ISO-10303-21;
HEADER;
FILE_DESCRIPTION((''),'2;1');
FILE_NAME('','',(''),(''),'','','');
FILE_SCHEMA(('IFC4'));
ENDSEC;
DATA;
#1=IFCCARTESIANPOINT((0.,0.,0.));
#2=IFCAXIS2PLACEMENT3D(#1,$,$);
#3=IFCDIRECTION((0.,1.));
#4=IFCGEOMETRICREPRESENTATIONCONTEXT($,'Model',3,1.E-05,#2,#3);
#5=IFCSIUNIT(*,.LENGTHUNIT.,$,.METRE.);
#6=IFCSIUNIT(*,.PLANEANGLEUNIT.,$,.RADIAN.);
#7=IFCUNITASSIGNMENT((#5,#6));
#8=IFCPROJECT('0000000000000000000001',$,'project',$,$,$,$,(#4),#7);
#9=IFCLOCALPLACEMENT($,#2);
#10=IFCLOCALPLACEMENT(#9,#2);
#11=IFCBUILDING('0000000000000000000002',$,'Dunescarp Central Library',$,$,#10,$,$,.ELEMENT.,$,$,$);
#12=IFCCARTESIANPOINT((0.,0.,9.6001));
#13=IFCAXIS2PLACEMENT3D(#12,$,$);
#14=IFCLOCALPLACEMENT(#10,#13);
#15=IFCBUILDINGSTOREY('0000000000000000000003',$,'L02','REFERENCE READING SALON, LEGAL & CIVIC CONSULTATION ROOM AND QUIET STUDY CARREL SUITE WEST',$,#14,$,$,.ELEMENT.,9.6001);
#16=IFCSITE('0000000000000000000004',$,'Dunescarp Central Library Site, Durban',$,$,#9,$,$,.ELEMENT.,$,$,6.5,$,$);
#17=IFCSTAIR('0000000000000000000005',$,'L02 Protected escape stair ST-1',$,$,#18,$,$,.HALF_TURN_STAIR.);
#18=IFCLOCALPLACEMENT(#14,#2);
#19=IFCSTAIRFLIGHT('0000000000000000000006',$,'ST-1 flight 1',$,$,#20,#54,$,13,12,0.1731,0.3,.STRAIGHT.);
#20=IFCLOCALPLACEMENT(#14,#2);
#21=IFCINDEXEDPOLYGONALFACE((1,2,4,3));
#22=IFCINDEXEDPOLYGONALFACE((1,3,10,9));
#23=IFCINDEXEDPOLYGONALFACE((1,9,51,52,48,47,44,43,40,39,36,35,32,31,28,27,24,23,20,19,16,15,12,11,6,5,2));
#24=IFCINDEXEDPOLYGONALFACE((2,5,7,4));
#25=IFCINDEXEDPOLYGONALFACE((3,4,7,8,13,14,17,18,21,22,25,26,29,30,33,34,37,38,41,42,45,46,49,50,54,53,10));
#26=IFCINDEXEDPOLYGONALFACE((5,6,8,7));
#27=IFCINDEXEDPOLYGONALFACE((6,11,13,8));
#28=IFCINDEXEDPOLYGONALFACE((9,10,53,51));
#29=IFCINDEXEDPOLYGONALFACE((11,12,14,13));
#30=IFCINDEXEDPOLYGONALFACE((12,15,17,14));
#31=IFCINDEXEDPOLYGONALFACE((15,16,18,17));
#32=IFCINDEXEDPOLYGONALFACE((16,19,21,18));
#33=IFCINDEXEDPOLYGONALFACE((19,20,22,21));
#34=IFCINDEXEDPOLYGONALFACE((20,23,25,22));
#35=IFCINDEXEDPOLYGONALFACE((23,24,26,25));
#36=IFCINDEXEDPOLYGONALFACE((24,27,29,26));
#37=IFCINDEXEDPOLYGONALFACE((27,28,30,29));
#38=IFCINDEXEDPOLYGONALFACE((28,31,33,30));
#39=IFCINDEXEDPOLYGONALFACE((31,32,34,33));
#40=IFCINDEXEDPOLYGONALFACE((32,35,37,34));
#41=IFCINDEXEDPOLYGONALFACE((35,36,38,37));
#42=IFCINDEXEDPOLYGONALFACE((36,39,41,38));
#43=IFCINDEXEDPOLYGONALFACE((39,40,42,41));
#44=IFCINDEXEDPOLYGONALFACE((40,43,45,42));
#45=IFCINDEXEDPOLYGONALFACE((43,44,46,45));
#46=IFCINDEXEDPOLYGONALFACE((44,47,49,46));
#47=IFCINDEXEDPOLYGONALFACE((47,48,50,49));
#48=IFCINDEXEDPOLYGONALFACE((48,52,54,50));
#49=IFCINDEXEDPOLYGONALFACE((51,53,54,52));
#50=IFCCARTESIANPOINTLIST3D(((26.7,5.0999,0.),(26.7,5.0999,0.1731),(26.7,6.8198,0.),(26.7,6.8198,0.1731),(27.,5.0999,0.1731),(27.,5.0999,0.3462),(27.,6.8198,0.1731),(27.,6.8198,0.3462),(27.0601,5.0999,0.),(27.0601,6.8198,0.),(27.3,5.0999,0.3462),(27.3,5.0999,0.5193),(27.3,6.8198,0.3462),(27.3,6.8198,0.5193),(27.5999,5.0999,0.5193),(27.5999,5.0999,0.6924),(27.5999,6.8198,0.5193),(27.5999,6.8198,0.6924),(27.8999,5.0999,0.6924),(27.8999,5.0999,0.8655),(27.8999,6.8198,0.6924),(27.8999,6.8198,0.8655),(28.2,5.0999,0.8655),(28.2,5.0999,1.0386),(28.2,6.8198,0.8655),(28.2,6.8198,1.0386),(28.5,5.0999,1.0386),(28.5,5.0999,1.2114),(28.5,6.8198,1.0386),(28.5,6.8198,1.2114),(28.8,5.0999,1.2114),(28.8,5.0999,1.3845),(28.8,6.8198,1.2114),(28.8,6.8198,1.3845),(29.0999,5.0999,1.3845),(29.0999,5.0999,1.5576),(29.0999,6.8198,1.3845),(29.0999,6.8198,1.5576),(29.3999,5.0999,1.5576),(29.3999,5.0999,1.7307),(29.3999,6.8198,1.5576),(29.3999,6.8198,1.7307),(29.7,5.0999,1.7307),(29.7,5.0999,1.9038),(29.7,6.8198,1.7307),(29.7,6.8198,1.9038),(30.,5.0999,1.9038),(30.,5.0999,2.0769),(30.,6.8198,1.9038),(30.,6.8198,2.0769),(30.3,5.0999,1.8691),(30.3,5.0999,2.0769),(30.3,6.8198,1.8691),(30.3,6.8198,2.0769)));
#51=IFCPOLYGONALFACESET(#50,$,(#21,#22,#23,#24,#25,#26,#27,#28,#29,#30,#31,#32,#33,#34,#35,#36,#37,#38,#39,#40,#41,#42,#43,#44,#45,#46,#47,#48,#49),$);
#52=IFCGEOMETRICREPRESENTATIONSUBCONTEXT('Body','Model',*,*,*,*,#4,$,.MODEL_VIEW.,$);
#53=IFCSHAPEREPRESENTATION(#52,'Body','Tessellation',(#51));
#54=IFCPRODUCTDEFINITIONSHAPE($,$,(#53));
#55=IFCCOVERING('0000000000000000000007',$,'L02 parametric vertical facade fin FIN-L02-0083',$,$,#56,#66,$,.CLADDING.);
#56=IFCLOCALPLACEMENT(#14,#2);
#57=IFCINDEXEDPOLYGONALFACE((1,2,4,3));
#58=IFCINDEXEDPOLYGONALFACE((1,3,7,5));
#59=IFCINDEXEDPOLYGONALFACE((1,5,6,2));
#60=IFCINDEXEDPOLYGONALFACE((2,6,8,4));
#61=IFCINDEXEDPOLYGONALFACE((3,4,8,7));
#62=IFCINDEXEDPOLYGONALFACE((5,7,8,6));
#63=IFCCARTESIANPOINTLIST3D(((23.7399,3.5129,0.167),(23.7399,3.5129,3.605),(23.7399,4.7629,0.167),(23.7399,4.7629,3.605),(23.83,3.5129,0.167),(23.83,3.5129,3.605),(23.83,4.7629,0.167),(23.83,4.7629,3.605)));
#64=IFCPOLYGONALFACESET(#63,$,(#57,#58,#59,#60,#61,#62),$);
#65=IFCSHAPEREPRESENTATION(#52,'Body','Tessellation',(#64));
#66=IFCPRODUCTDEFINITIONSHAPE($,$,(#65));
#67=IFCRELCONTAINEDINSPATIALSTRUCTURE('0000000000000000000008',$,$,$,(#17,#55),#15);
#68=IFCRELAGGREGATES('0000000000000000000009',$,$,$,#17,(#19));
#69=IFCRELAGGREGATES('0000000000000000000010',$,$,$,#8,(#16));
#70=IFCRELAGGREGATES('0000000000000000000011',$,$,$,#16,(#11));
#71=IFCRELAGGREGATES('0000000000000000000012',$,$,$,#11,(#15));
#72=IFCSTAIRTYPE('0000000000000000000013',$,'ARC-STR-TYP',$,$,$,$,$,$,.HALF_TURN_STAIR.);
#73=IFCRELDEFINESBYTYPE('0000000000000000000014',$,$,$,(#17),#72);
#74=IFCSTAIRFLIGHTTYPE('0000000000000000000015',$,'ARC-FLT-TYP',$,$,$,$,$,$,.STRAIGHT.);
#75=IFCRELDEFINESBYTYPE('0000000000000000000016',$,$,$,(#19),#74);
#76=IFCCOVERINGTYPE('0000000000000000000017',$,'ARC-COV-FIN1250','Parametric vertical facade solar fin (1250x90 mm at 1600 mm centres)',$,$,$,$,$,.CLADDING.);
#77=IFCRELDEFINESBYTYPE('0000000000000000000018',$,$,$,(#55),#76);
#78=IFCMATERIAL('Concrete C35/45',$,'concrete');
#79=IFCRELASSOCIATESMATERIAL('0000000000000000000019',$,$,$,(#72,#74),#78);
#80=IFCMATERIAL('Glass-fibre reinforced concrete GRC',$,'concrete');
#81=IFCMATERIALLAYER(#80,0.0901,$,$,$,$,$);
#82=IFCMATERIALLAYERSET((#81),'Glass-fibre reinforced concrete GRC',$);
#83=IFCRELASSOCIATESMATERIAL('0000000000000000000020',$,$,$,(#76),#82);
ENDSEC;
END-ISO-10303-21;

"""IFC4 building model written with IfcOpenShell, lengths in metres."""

from ifc_helpers import new_model, si_unit, direction, frame, origin, origin_2d, place, context, subcontext, project, spatial, polyline, rectangle, outline, extrude, material, layer, layer_set, type_object, element, aggregate, save


model = new_model("IFC4")

# Units and contexts
model_context = context("Model", 3, precision=1e-05, world=origin(), true_north=direction((0.0, 1.0)))
body_context = subcontext(model_context, "Body", "Model", "MODEL_VIEW")
ifc_project = project(units=[si_unit("LENGTHUNIT", "METRE"), si_unit("PLANEANGLEUNIT", "RADIAN")], contexts=[model_context])

# Site, building, storey
site_placement = place(None, origin())
site = spatial("IfcSite", under=ifc_project, at=site_placement, Name="Dunescarp Central Library Site, Durban", CompositionType="ELEMENT", RefElevation=6.5)
building_placement = place(site_placement, origin())
building = spatial("IfcBuilding", under=site, at=building_placement, Name="Dunescarp Central Library", CompositionType="ELEMENT")
storey_placement = place(building_placement, frame((0.0, 0.0, 9.6001)))
storey = spatial("IfcBuildingStorey", under=building, at=storey_placement, Name="L02", Description="REFERENCE READING SALON, LEGAL & CIVIC CONSULTATION ROOM AND QUIET STUDY CARREL SUITE WEST", CompositionType="ELEMENT", Elevation=9.6001)

# Shared definitions
ifc_material_1 = material(Name="Concrete C35/45", Category="concrete")

# Shared definitions
ifc_material_2 = material(Name="Glass-fibre reinforced concrete GRC", Category="concrete")

# Stair, stair flight
stair_type = type_object("IfcStairType", Name="ARC-STR-TYP", PredefinedType="HALF_TURN_STAIR", material=ifc_material_1)
stair_placement = place(storey_placement, origin())
stair = element("IfcStair", 1, at=stair_placement, inside=storey, type_object=stair_type, Name="L02 Protected escape stair ST-1", PredefinedType="HALF_TURN_STAIR")
stair_flight_type = type_object("IfcStairFlightType", Name="ARC-FLT-TYP", PredefinedType="STRAIGHT", material=ifc_material_1)
stair_flight_placement = place(storey_placement, frame((26.7, 5.96, 0.0), z_axis=(0.0, 0.0, 1.0), x_axis=(1.0, 0.0, 0.0)))
stair_flight = element("IfcStairFlight", 2, at=stair_flight_placement, type_object=stair_flight_type, Name="ST-1 flight 1", NumberOfRisers=13, NumberOfTreads=12, PredefinedType="STRAIGHT", RiserHeight=0.1731, TreadLength=0.3, context=body_context, shape_type="SweptSolid", body=[
    extrude(outline(polyline([(0.0, 0.0), (0.0, 0.1731), (0.3, 0.1731), (0.3, 0.3462), (0.6001, 0.3462), (0.6001, 0.5193), (0.8999, 0.5193), (0.8999, 0.6924), (1.2, 0.6924), (1.2, 0.8655), (1.5, 0.8655), (1.5, 1.0386), (1.8, 1.0386), (1.8, 1.2114), (2.1001, 1.2114), (2.1001, 1.3845), (2.3999, 1.3845), (2.3999, 1.5576), (2.7, 1.5576), (2.7, 1.7307), (3.0, 1.7307), (3.0, 1.9038), (3.3, 1.9038), (3.3, 2.0769), (3.6001, 2.0769), (3.6001, 2.25), (3.6001, 1.8691), (0.3601, 0.0), (0.0, 0.0)])), frame((0.0, 0.8599, 0.0), z_axis=(0.0, -1.0, 0.0), x_axis=(1.0, 0.0, 0.0)), (0.0, 0.0, 1.0), 1.72),
])
aggregate(stair, [stair_flight])

# Covering
ifc_layer_1 = layer(ifc_material_2, 0.0901)
ifc_layer_set_1 = layer_set([ifc_layer_1], Name="Glass-fibre reinforced concrete GRC")
covering_type = type_object("IfcCoveringType", Name="ARC-COV-FIN1250", Description="Parametric vertical facade solar fin (1250x90 mm at 1600 mm centres)", PredefinedType="CLADDING", material=ifc_layer_set_1)
covering_placement = place(storey_placement, frame((23.7849, 4.1379, 0.167), z_axis=(0.0, 0.0, 1.0), x_axis=(0.0, -1.0, 0.0)))
element("IfcCovering", 3, at=covering_placement, inside=storey, type_object=covering_type, Name="L02 parametric vertical facade fin FIN-L02-0083", PredefinedType="CLADDING", context=body_context, shape_type="SweptSolid", body=[
    extrude(rectangle(XDim=1.25, YDim=0.0901, at=origin_2d()), origin(), (0.0, 0.0, 1.0), 3.438),
])

save(model, "model.ifc")
